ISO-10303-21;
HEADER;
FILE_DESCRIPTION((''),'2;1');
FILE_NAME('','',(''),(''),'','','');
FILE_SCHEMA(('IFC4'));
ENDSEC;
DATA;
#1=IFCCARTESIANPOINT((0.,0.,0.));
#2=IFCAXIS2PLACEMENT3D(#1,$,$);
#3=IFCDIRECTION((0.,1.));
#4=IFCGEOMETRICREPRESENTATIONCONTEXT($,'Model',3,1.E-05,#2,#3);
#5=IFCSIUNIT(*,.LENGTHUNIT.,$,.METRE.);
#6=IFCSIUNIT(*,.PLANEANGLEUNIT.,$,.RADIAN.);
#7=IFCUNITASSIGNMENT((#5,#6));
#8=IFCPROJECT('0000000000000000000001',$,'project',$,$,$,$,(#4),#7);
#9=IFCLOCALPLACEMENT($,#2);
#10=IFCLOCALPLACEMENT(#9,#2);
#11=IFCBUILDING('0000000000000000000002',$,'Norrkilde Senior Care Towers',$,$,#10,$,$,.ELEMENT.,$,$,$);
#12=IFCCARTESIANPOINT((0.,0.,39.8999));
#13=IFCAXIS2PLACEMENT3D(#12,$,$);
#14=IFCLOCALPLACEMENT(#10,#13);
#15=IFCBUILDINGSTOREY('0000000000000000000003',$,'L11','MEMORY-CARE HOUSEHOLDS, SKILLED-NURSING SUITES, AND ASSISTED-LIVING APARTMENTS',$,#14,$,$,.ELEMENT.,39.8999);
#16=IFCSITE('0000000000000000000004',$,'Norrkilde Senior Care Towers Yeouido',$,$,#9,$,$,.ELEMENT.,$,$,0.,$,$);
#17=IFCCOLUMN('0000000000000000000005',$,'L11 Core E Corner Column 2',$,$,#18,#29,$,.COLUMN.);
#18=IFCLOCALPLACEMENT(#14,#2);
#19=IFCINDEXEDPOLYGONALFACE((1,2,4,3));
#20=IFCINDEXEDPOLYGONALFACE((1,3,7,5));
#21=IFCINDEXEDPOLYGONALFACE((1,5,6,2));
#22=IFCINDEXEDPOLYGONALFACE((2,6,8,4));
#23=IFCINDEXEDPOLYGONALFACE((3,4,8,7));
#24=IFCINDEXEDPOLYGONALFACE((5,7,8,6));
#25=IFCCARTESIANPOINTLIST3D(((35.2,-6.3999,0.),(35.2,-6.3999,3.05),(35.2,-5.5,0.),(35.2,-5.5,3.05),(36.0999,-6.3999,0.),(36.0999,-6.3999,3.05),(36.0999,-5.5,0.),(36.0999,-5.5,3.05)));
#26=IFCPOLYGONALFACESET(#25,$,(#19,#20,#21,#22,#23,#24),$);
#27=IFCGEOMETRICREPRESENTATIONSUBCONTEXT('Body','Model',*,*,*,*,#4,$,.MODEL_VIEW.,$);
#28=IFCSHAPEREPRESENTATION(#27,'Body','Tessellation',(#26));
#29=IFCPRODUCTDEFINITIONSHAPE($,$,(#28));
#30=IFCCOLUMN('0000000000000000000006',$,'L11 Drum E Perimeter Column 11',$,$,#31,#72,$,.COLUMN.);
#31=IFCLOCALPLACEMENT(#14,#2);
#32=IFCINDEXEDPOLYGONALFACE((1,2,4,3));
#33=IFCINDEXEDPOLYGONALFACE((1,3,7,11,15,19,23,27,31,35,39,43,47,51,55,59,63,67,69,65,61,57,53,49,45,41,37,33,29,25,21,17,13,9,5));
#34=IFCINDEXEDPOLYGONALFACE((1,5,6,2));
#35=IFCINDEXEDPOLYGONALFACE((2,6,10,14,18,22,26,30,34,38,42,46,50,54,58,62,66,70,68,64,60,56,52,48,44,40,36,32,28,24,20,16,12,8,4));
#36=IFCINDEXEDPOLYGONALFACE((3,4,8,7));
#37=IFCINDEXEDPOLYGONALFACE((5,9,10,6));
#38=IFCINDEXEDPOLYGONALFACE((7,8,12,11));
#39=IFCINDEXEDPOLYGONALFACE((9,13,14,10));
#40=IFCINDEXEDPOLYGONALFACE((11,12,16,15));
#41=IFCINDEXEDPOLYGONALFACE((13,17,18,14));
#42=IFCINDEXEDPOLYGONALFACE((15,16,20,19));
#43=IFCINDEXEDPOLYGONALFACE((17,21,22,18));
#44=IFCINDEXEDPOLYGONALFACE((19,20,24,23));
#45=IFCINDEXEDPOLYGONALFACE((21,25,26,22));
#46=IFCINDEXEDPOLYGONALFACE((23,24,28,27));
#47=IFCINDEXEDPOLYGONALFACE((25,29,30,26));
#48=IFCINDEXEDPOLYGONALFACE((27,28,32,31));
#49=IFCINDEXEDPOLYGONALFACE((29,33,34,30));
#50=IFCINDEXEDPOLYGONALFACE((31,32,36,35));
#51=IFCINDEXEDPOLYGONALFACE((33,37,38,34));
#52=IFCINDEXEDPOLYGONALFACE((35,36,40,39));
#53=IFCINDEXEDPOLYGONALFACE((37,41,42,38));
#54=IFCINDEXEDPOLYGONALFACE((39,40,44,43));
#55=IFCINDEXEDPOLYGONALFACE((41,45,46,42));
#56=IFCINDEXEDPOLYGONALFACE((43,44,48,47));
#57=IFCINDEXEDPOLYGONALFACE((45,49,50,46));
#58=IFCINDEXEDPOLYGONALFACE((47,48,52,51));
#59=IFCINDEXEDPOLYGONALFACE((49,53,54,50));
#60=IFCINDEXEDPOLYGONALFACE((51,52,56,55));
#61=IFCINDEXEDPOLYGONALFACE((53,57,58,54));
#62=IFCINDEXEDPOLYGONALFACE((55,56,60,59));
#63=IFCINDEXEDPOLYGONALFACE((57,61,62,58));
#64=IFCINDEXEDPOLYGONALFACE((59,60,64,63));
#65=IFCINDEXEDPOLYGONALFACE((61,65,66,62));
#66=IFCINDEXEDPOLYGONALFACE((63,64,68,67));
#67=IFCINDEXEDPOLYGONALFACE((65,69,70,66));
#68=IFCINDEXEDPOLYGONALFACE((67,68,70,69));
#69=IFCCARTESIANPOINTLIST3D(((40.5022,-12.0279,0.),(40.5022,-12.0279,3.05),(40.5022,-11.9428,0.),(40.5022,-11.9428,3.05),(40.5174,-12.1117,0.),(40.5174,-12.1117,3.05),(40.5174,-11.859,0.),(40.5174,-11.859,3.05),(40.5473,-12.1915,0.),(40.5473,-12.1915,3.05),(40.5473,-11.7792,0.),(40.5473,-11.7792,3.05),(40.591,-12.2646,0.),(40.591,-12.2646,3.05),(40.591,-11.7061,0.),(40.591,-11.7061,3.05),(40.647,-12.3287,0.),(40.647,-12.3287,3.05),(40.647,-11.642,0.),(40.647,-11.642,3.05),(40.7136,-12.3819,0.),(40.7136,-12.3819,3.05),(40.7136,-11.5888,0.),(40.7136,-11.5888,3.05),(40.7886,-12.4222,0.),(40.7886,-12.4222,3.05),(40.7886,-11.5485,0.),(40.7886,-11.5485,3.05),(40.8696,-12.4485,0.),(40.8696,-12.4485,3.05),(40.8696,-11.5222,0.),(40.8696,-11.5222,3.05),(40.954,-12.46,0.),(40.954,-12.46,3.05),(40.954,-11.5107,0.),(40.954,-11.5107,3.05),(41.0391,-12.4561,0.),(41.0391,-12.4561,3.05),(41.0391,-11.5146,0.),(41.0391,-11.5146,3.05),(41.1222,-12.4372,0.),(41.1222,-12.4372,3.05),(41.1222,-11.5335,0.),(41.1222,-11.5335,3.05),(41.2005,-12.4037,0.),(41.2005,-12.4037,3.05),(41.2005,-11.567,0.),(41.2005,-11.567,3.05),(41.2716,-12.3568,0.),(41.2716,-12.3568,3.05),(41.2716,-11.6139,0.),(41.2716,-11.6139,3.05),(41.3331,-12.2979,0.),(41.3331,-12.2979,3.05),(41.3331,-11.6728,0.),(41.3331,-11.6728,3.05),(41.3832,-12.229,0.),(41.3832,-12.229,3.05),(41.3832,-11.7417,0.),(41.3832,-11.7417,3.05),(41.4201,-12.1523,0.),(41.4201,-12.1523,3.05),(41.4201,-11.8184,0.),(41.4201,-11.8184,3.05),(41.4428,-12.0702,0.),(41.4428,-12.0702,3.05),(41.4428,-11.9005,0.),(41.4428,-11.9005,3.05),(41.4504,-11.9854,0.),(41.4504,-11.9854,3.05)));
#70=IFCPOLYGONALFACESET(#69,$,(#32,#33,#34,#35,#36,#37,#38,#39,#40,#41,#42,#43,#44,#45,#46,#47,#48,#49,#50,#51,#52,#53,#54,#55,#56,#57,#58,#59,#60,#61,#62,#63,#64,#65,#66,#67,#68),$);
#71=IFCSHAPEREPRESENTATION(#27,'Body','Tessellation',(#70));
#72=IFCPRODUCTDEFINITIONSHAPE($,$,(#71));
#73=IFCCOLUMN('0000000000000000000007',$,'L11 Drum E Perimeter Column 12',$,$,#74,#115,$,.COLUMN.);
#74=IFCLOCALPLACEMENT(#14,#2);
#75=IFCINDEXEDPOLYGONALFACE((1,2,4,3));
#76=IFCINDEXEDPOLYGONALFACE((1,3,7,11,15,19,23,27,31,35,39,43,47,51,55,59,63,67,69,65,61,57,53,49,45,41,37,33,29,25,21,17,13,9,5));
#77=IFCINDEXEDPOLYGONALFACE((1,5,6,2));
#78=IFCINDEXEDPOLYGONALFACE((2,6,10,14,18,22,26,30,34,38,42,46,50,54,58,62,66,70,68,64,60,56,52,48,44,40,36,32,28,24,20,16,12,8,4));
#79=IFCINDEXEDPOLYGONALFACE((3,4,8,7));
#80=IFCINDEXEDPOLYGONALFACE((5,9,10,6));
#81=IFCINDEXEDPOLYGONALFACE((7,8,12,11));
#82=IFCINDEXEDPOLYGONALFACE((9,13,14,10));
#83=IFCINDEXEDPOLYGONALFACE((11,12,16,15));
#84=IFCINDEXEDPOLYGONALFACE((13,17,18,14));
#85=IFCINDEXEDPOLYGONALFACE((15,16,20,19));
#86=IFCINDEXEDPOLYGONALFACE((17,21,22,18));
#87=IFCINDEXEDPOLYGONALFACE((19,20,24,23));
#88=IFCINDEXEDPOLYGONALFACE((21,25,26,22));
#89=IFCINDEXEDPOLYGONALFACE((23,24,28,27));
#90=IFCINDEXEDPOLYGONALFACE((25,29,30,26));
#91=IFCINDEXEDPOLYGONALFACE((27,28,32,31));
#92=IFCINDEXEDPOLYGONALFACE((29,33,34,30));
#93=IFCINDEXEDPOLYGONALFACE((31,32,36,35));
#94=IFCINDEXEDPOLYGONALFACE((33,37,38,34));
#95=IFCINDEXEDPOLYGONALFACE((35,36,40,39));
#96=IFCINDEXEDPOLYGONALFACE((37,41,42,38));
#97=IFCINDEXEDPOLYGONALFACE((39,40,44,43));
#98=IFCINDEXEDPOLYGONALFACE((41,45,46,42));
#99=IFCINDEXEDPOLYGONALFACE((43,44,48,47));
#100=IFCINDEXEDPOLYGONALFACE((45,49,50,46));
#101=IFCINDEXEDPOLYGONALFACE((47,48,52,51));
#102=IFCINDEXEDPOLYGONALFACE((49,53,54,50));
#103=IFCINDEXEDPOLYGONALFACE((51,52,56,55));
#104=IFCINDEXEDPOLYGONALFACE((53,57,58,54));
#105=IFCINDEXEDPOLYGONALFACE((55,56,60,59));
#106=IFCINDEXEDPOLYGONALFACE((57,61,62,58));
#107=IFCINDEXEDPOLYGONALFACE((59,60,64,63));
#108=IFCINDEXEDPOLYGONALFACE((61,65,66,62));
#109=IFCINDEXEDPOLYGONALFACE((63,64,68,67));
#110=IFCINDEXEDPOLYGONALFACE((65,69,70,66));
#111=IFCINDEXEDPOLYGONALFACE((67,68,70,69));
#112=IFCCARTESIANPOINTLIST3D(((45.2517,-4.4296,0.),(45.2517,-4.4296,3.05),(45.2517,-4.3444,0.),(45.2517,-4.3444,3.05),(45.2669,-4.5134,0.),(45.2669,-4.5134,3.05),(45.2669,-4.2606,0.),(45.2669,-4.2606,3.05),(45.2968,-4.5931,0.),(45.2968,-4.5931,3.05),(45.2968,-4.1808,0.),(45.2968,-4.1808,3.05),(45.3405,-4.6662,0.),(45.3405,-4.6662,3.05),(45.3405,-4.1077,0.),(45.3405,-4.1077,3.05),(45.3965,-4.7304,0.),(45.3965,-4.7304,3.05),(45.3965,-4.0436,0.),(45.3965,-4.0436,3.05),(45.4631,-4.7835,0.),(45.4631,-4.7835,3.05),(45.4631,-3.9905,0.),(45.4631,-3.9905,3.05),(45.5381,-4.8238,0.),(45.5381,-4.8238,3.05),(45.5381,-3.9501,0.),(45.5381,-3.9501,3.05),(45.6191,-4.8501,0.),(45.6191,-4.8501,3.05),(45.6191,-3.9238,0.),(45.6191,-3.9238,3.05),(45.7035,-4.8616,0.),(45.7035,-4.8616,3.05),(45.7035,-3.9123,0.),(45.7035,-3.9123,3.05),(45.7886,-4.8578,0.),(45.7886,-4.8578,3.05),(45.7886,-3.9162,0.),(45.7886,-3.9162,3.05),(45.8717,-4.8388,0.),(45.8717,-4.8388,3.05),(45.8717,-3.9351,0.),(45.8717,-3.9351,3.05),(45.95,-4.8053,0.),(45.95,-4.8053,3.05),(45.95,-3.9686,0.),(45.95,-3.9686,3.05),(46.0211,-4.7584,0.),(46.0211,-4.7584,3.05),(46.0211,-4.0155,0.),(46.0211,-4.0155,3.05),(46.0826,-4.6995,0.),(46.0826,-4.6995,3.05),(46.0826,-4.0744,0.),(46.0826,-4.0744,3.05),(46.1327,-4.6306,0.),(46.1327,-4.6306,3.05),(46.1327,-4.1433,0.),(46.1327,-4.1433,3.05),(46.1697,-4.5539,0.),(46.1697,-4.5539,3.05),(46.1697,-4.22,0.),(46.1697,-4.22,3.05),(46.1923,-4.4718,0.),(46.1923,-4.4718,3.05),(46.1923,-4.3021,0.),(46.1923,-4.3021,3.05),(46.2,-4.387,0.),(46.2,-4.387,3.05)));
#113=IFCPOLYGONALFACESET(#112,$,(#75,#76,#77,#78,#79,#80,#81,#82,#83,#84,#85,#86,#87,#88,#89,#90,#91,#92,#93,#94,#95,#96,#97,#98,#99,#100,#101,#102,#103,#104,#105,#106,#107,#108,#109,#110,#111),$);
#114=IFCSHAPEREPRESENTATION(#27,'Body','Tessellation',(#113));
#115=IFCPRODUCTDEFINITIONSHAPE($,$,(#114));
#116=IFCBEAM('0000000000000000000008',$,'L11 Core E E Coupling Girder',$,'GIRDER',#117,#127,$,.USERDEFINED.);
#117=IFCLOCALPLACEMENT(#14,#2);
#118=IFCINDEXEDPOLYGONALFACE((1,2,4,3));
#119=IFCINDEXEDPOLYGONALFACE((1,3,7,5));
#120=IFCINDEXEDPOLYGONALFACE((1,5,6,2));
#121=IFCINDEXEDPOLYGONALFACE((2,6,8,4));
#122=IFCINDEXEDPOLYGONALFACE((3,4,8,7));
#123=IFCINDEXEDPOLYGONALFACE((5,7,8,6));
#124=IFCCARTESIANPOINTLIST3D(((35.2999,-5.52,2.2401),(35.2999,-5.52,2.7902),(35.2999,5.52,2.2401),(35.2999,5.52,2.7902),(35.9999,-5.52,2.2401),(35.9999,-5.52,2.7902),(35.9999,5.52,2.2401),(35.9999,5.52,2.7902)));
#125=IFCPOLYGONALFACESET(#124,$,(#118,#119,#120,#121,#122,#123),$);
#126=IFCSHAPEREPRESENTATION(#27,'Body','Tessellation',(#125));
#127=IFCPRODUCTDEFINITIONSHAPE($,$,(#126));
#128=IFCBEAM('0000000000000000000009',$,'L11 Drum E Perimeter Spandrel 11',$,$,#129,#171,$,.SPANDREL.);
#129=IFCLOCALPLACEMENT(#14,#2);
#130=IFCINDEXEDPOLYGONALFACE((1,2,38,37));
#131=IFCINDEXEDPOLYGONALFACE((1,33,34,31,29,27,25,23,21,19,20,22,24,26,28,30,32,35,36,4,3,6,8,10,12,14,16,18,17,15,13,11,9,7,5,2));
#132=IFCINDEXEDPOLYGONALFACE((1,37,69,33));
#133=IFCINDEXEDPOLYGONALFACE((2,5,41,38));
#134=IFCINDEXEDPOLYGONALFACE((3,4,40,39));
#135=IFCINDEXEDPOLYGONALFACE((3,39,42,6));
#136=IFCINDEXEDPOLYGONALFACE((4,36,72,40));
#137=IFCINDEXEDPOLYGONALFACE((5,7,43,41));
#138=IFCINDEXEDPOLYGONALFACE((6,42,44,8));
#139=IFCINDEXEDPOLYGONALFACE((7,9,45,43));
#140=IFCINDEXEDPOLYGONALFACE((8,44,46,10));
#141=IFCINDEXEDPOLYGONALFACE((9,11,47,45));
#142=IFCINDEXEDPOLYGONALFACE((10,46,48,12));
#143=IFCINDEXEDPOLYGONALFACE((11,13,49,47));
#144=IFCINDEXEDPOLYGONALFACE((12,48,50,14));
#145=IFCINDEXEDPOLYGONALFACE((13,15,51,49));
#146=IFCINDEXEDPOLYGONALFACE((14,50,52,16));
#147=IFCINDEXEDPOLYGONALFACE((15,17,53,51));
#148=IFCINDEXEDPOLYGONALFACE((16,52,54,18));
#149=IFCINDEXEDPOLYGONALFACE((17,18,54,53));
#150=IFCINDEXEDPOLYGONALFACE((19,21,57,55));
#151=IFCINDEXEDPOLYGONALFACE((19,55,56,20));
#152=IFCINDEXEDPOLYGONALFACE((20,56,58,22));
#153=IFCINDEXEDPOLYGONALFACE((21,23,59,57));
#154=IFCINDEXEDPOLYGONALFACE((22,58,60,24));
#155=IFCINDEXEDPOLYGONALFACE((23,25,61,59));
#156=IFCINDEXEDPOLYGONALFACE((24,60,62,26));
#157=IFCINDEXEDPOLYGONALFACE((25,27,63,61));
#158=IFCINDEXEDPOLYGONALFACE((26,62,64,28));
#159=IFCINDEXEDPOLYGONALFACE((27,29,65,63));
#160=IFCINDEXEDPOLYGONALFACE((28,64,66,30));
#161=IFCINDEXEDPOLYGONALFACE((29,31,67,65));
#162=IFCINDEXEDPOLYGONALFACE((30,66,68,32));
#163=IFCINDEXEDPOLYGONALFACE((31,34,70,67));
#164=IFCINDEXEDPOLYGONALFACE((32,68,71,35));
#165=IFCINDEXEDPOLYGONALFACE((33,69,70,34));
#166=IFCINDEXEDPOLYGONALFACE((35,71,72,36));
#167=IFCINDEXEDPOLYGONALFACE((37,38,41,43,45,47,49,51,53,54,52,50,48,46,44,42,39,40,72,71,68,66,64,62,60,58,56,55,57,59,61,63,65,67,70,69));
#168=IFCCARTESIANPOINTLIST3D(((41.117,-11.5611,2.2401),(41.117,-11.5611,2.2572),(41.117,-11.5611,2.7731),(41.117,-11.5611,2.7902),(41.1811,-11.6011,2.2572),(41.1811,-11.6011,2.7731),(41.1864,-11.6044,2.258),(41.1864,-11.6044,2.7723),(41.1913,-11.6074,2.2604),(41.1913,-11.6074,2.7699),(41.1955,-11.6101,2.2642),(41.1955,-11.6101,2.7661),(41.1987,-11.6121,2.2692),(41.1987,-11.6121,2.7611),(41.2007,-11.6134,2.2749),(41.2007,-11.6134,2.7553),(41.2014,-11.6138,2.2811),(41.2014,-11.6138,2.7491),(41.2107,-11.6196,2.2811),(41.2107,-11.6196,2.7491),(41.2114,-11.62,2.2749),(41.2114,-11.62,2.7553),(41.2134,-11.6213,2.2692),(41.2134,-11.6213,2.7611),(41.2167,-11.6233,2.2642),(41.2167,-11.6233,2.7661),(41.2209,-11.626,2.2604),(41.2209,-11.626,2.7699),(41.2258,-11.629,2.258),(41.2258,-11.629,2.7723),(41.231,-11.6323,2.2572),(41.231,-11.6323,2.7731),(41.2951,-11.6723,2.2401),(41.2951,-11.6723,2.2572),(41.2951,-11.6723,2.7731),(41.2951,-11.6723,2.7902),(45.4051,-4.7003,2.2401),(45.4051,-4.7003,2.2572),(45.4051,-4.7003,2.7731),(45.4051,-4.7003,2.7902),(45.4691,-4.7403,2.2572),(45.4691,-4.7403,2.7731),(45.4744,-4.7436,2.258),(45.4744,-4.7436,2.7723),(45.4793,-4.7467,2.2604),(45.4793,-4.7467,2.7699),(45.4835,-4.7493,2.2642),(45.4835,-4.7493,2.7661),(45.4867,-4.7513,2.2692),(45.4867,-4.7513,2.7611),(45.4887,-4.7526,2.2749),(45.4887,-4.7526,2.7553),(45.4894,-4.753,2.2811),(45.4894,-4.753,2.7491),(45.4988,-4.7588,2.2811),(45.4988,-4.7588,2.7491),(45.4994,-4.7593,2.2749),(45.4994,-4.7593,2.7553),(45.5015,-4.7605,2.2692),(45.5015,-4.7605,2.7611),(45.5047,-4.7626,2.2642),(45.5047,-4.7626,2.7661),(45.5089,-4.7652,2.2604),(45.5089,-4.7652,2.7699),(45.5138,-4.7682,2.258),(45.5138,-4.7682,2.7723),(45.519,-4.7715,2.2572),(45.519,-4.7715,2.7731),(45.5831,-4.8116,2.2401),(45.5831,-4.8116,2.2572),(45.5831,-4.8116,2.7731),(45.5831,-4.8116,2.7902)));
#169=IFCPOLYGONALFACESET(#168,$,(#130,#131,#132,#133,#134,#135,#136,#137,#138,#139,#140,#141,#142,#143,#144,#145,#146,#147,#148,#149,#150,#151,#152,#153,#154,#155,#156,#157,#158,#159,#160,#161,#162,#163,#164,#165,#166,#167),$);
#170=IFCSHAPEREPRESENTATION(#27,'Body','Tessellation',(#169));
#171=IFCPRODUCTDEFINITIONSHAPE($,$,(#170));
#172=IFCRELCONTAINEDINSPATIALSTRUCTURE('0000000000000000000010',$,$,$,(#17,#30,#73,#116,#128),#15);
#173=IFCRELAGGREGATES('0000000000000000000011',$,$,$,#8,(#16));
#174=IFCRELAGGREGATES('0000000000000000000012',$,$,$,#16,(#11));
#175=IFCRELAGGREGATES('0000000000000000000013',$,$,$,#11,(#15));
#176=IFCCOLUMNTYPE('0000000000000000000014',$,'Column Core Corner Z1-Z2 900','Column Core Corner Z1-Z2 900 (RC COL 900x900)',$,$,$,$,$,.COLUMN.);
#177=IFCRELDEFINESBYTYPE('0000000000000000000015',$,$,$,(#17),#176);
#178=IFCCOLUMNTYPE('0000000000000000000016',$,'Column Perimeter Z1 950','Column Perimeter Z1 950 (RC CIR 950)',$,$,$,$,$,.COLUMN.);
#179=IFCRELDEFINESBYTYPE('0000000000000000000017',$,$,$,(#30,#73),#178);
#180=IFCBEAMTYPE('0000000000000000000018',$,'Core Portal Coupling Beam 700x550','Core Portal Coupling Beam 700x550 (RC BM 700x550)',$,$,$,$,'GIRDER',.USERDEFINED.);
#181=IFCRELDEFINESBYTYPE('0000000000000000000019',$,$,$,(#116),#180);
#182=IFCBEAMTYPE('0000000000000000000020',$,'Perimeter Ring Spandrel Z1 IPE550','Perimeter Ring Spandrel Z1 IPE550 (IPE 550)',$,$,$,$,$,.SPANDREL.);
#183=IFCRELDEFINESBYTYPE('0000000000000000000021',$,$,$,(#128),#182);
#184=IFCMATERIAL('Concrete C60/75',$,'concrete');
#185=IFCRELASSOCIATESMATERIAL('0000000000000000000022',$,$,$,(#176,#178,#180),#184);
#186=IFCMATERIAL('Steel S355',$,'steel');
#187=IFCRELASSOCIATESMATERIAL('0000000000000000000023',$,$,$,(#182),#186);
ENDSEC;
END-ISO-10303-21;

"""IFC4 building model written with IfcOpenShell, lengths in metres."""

from ifc_helpers import new_model, si_unit, direction, frame, origin, origin_2d, place, context, subcontext, project, spatial, rectangle, circle, i_section, extrude, source, transform, mapped, material, material_profile, profile_set, type_object, type_shapes, element, save


model = new_model("IFC4")

# Units and contexts
model_context = context("Model", 3, precision=1e-05, world=origin(), true_north=direction((0.0, 1.0)))
body_context = subcontext(model_context, "Body", "Model", "MODEL_VIEW")
ifc_project = project(units=[si_unit("LENGTHUNIT", "METRE"), si_unit("PLANEANGLEUNIT", "RADIAN")], contexts=[model_context])

# Site, building, storey
site_placement = place(None, origin())
site = spatial("IfcSite", under=ifc_project, at=site_placement, Name="Norrkilde Senior Care Towers Yeouido", CompositionType="ELEMENT", RefElevation=0.0)
building_placement = place(site_placement, origin())
building = spatial("IfcBuilding", under=site, at=building_placement, Name="Norrkilde Senior Care Towers", CompositionType="ELEMENT")
storey_placement = place(building_placement, frame((0.0, 0.0, 39.8999)))
storey = spatial("IfcBuildingStorey", under=building, at=storey_placement, Name="L11", Description="MEMORY-CARE HOUSEHOLDS, SKILLED-NURSING SUITES, AND ASSISTED-LIVING APARTMENTS", CompositionType="ELEMENT", Elevation=39.8999)

# Columns
ifc_material_1 = material(Name="Concrete C60/75", Category="concrete")
ifc_material_profile_1 = material_profile(ifc_material_1, rectangle(XDim=0.8999, YDim=0.8999, at=origin_2d()), Name="RC COL 900x900")
ifc_profile_set_1 = profile_set([ifc_material_profile_1], Name="Concrete C60/75")
column_type_1 = type_object("IfcColumnType", Name="Column Core Corner Z1-Z2 900", Description="Column Core Corner Z1-Z2 900 (RC COL 900x900)", PredefinedType="COLUMN", material=ifc_profile_set_1)
shared_shape_1 = source(origin(), body_context, "Body", "SweptSolid", [
    extrude(rectangle(XDim=0.8999, YDim=0.8999, at=origin_2d()), origin(), (0.0, 0.0, 1.0), 3.05),
])
type_shapes(column_type_1, [shared_shape_1])
column_placement = place(storey_placement, frame((35.6499, -5.95, 0.0), z_axis=(0.0, 0.0, 1.0), x_axis=(1.0, 0.0, 0.0)))
element("IfcColumn", 1, at=column_placement, inside=storey, type_object=column_type_1, Name="L11 Core E Corner Column 2", PredefinedType="COLUMN", context=body_context, shape_type="MappedRepresentation", body=[
    mapped(shared_shape_1, transform((0.0, 0.0, 0.0), x_axis=(1.0, 0.0, 0.0), y_axis=(0.0, 1.0, 0.0), z_axis=(0.0, 0.0, 1.0), scale=1.0)),
])
ifc_material_profile_2 = material_profile(ifc_material_1, circle(Radius=0.4751, at=origin_2d()), Name="RC CIR 950")
ifc_profile_set_2 = profile_set([ifc_material_profile_2], Name="Concrete C60/75")
column_type_2 = type_object("IfcColumnType", Name="Column Perimeter Z1 950", Description="Column Perimeter Z1 950 (RC CIR 950)", PredefinedType="COLUMN", material=ifc_profile_set_2)
shared_shape_2 = source(origin(), body_context, "Body", "SweptSolid", [
    extrude(circle(Radius=0.4751, at=origin_2d()), origin(), (0.0, 0.0, 1.0), 3.05),
])
type_shapes(column_type_2, [shared_shape_2])
for number, where, z_axis, x_axis, name in (
    (2, (40.9753, -11.9854, 0.0), (0.0, 0.0, 1.0), (1.0, 0.0, 0.0), "L11 Drum E Perimeter Column 11"),
    (3, (45.7249, -4.387, 0.0), (0.0, 0.0, 1.0), (1.0, 0.0, 0.0), "L11 Drum E Perimeter Column 12"),
):
    element("IfcColumn", number, at=place(storey_placement, frame(where, z_axis=z_axis, x_axis=x_axis)), inside=storey, type_object=column_type_2, Name=name, PredefinedType="COLUMN", context=body_context, shape_type="MappedRepresentation", body=[
        mapped(shared_shape_2, transform((0.0, 0.0, 0.0), x_axis=(1.0, 0.0, 0.0), y_axis=(0.0, 1.0, 0.0), z_axis=(0.0, 0.0, 1.0), scale=1.0)),
    ])

# Beams
ifc_material_profile_3 = material_profile(ifc_material_1, rectangle(XDim=0.7, YDim=0.55, at=origin_2d()), Name="RC BM 700x550")
ifc_profile_set_3 = profile_set([ifc_material_profile_3], Name="Concrete C60/75")
beam_type_1 = type_object("IfcBeamType", Name="Core Portal Coupling Beam 700x550", Description="Core Portal Coupling Beam 700x550 (RC BM 700x550)", ElementType="GIRDER", PredefinedType="USERDEFINED", material=ifc_profile_set_3)
shared_shape_3 = source(origin(), body_context, "Body", "SweptSolid", [
    extrude(rectangle(XDim=0.7, YDim=0.55, at=origin_2d()), origin(), (0.0, 0.0, 1.0), 11.04),
])
type_shapes(beam_type_1, [shared_shape_3])
beam_1_placement = place(storey_placement, frame((35.6499, -5.52, 2.5151), z_axis=(0.0, 1.0, 0.0), x_axis=(-1.0, 0.0, 0.0)))
element("IfcBeam", 4, at=beam_1_placement, inside=storey, type_object=beam_type_1, Name="L11 Core E E Coupling Girder", ObjectType="GIRDER", PredefinedType="USERDEFINED", context=body_context, shape_type="MappedRepresentation", body=[
    mapped(shared_shape_3, transform((0.0, 0.0, 0.0), x_axis=(1.0, 0.0, 0.0), y_axis=(0.0, 1.0, 0.0), z_axis=(0.0, 0.0, 1.0), scale=1.0)),
])
ifc_material_2 = material(Name="Steel S355", Category="steel")
ifc_material_profile_4 = material_profile(ifc_material_2, i_section(OverallWidth=0.21, OverallDepth=0.55, WebThickness=0.011, FlangeThickness=0.0171, FilletRadius=0.0239, at=origin_2d()), Name="IPE 550")
ifc_profile_set_4 = profile_set([ifc_material_profile_4], Name="Steel S355")
beam_type_2 = type_object("IfcBeamType", Name="Perimeter Ring Spandrel Z1 IPE550", Description="Perimeter Ring Spandrel Z1 IPE550 (IPE 550)", PredefinedType="SPANDREL", material=ifc_profile_set_4)
shared_shape_4 = source(origin(), body_context, "Body", "SweptSolid", [
    extrude(i_section(OverallWidth=0.21, OverallDepth=0.55, WebThickness=0.011, FlangeThickness=0.0171, FilletRadius=0.0239, at=origin_2d()), origin(), (0.0, 0.0, 1.0), 8.0906),
])
beam_2_placement = place(storey_placement, frame((41.2061, -11.6167, 2.5151), z_axis=(0.530004, 0.847995, 0.0), x_axis=(-0.847995, 0.530004, 0.0)))
element("IfcBeam", 5, at=beam_2_placement, inside=storey, type_object=beam_type_2, Name="L11 Drum E Perimeter Spandrel 11", PredefinedType="SPANDREL", context=body_context, shape_type="MappedRepresentation", body=[
    mapped(shared_shape_4, transform((0.0, 0.0, 0.0), x_axis=(1.0, 0.0, 0.0), y_axis=(0.0, 1.0, 0.0), z_axis=(0.0, 0.0, 1.0), scale=1.0)),
])

save(model, "model.ifc")
